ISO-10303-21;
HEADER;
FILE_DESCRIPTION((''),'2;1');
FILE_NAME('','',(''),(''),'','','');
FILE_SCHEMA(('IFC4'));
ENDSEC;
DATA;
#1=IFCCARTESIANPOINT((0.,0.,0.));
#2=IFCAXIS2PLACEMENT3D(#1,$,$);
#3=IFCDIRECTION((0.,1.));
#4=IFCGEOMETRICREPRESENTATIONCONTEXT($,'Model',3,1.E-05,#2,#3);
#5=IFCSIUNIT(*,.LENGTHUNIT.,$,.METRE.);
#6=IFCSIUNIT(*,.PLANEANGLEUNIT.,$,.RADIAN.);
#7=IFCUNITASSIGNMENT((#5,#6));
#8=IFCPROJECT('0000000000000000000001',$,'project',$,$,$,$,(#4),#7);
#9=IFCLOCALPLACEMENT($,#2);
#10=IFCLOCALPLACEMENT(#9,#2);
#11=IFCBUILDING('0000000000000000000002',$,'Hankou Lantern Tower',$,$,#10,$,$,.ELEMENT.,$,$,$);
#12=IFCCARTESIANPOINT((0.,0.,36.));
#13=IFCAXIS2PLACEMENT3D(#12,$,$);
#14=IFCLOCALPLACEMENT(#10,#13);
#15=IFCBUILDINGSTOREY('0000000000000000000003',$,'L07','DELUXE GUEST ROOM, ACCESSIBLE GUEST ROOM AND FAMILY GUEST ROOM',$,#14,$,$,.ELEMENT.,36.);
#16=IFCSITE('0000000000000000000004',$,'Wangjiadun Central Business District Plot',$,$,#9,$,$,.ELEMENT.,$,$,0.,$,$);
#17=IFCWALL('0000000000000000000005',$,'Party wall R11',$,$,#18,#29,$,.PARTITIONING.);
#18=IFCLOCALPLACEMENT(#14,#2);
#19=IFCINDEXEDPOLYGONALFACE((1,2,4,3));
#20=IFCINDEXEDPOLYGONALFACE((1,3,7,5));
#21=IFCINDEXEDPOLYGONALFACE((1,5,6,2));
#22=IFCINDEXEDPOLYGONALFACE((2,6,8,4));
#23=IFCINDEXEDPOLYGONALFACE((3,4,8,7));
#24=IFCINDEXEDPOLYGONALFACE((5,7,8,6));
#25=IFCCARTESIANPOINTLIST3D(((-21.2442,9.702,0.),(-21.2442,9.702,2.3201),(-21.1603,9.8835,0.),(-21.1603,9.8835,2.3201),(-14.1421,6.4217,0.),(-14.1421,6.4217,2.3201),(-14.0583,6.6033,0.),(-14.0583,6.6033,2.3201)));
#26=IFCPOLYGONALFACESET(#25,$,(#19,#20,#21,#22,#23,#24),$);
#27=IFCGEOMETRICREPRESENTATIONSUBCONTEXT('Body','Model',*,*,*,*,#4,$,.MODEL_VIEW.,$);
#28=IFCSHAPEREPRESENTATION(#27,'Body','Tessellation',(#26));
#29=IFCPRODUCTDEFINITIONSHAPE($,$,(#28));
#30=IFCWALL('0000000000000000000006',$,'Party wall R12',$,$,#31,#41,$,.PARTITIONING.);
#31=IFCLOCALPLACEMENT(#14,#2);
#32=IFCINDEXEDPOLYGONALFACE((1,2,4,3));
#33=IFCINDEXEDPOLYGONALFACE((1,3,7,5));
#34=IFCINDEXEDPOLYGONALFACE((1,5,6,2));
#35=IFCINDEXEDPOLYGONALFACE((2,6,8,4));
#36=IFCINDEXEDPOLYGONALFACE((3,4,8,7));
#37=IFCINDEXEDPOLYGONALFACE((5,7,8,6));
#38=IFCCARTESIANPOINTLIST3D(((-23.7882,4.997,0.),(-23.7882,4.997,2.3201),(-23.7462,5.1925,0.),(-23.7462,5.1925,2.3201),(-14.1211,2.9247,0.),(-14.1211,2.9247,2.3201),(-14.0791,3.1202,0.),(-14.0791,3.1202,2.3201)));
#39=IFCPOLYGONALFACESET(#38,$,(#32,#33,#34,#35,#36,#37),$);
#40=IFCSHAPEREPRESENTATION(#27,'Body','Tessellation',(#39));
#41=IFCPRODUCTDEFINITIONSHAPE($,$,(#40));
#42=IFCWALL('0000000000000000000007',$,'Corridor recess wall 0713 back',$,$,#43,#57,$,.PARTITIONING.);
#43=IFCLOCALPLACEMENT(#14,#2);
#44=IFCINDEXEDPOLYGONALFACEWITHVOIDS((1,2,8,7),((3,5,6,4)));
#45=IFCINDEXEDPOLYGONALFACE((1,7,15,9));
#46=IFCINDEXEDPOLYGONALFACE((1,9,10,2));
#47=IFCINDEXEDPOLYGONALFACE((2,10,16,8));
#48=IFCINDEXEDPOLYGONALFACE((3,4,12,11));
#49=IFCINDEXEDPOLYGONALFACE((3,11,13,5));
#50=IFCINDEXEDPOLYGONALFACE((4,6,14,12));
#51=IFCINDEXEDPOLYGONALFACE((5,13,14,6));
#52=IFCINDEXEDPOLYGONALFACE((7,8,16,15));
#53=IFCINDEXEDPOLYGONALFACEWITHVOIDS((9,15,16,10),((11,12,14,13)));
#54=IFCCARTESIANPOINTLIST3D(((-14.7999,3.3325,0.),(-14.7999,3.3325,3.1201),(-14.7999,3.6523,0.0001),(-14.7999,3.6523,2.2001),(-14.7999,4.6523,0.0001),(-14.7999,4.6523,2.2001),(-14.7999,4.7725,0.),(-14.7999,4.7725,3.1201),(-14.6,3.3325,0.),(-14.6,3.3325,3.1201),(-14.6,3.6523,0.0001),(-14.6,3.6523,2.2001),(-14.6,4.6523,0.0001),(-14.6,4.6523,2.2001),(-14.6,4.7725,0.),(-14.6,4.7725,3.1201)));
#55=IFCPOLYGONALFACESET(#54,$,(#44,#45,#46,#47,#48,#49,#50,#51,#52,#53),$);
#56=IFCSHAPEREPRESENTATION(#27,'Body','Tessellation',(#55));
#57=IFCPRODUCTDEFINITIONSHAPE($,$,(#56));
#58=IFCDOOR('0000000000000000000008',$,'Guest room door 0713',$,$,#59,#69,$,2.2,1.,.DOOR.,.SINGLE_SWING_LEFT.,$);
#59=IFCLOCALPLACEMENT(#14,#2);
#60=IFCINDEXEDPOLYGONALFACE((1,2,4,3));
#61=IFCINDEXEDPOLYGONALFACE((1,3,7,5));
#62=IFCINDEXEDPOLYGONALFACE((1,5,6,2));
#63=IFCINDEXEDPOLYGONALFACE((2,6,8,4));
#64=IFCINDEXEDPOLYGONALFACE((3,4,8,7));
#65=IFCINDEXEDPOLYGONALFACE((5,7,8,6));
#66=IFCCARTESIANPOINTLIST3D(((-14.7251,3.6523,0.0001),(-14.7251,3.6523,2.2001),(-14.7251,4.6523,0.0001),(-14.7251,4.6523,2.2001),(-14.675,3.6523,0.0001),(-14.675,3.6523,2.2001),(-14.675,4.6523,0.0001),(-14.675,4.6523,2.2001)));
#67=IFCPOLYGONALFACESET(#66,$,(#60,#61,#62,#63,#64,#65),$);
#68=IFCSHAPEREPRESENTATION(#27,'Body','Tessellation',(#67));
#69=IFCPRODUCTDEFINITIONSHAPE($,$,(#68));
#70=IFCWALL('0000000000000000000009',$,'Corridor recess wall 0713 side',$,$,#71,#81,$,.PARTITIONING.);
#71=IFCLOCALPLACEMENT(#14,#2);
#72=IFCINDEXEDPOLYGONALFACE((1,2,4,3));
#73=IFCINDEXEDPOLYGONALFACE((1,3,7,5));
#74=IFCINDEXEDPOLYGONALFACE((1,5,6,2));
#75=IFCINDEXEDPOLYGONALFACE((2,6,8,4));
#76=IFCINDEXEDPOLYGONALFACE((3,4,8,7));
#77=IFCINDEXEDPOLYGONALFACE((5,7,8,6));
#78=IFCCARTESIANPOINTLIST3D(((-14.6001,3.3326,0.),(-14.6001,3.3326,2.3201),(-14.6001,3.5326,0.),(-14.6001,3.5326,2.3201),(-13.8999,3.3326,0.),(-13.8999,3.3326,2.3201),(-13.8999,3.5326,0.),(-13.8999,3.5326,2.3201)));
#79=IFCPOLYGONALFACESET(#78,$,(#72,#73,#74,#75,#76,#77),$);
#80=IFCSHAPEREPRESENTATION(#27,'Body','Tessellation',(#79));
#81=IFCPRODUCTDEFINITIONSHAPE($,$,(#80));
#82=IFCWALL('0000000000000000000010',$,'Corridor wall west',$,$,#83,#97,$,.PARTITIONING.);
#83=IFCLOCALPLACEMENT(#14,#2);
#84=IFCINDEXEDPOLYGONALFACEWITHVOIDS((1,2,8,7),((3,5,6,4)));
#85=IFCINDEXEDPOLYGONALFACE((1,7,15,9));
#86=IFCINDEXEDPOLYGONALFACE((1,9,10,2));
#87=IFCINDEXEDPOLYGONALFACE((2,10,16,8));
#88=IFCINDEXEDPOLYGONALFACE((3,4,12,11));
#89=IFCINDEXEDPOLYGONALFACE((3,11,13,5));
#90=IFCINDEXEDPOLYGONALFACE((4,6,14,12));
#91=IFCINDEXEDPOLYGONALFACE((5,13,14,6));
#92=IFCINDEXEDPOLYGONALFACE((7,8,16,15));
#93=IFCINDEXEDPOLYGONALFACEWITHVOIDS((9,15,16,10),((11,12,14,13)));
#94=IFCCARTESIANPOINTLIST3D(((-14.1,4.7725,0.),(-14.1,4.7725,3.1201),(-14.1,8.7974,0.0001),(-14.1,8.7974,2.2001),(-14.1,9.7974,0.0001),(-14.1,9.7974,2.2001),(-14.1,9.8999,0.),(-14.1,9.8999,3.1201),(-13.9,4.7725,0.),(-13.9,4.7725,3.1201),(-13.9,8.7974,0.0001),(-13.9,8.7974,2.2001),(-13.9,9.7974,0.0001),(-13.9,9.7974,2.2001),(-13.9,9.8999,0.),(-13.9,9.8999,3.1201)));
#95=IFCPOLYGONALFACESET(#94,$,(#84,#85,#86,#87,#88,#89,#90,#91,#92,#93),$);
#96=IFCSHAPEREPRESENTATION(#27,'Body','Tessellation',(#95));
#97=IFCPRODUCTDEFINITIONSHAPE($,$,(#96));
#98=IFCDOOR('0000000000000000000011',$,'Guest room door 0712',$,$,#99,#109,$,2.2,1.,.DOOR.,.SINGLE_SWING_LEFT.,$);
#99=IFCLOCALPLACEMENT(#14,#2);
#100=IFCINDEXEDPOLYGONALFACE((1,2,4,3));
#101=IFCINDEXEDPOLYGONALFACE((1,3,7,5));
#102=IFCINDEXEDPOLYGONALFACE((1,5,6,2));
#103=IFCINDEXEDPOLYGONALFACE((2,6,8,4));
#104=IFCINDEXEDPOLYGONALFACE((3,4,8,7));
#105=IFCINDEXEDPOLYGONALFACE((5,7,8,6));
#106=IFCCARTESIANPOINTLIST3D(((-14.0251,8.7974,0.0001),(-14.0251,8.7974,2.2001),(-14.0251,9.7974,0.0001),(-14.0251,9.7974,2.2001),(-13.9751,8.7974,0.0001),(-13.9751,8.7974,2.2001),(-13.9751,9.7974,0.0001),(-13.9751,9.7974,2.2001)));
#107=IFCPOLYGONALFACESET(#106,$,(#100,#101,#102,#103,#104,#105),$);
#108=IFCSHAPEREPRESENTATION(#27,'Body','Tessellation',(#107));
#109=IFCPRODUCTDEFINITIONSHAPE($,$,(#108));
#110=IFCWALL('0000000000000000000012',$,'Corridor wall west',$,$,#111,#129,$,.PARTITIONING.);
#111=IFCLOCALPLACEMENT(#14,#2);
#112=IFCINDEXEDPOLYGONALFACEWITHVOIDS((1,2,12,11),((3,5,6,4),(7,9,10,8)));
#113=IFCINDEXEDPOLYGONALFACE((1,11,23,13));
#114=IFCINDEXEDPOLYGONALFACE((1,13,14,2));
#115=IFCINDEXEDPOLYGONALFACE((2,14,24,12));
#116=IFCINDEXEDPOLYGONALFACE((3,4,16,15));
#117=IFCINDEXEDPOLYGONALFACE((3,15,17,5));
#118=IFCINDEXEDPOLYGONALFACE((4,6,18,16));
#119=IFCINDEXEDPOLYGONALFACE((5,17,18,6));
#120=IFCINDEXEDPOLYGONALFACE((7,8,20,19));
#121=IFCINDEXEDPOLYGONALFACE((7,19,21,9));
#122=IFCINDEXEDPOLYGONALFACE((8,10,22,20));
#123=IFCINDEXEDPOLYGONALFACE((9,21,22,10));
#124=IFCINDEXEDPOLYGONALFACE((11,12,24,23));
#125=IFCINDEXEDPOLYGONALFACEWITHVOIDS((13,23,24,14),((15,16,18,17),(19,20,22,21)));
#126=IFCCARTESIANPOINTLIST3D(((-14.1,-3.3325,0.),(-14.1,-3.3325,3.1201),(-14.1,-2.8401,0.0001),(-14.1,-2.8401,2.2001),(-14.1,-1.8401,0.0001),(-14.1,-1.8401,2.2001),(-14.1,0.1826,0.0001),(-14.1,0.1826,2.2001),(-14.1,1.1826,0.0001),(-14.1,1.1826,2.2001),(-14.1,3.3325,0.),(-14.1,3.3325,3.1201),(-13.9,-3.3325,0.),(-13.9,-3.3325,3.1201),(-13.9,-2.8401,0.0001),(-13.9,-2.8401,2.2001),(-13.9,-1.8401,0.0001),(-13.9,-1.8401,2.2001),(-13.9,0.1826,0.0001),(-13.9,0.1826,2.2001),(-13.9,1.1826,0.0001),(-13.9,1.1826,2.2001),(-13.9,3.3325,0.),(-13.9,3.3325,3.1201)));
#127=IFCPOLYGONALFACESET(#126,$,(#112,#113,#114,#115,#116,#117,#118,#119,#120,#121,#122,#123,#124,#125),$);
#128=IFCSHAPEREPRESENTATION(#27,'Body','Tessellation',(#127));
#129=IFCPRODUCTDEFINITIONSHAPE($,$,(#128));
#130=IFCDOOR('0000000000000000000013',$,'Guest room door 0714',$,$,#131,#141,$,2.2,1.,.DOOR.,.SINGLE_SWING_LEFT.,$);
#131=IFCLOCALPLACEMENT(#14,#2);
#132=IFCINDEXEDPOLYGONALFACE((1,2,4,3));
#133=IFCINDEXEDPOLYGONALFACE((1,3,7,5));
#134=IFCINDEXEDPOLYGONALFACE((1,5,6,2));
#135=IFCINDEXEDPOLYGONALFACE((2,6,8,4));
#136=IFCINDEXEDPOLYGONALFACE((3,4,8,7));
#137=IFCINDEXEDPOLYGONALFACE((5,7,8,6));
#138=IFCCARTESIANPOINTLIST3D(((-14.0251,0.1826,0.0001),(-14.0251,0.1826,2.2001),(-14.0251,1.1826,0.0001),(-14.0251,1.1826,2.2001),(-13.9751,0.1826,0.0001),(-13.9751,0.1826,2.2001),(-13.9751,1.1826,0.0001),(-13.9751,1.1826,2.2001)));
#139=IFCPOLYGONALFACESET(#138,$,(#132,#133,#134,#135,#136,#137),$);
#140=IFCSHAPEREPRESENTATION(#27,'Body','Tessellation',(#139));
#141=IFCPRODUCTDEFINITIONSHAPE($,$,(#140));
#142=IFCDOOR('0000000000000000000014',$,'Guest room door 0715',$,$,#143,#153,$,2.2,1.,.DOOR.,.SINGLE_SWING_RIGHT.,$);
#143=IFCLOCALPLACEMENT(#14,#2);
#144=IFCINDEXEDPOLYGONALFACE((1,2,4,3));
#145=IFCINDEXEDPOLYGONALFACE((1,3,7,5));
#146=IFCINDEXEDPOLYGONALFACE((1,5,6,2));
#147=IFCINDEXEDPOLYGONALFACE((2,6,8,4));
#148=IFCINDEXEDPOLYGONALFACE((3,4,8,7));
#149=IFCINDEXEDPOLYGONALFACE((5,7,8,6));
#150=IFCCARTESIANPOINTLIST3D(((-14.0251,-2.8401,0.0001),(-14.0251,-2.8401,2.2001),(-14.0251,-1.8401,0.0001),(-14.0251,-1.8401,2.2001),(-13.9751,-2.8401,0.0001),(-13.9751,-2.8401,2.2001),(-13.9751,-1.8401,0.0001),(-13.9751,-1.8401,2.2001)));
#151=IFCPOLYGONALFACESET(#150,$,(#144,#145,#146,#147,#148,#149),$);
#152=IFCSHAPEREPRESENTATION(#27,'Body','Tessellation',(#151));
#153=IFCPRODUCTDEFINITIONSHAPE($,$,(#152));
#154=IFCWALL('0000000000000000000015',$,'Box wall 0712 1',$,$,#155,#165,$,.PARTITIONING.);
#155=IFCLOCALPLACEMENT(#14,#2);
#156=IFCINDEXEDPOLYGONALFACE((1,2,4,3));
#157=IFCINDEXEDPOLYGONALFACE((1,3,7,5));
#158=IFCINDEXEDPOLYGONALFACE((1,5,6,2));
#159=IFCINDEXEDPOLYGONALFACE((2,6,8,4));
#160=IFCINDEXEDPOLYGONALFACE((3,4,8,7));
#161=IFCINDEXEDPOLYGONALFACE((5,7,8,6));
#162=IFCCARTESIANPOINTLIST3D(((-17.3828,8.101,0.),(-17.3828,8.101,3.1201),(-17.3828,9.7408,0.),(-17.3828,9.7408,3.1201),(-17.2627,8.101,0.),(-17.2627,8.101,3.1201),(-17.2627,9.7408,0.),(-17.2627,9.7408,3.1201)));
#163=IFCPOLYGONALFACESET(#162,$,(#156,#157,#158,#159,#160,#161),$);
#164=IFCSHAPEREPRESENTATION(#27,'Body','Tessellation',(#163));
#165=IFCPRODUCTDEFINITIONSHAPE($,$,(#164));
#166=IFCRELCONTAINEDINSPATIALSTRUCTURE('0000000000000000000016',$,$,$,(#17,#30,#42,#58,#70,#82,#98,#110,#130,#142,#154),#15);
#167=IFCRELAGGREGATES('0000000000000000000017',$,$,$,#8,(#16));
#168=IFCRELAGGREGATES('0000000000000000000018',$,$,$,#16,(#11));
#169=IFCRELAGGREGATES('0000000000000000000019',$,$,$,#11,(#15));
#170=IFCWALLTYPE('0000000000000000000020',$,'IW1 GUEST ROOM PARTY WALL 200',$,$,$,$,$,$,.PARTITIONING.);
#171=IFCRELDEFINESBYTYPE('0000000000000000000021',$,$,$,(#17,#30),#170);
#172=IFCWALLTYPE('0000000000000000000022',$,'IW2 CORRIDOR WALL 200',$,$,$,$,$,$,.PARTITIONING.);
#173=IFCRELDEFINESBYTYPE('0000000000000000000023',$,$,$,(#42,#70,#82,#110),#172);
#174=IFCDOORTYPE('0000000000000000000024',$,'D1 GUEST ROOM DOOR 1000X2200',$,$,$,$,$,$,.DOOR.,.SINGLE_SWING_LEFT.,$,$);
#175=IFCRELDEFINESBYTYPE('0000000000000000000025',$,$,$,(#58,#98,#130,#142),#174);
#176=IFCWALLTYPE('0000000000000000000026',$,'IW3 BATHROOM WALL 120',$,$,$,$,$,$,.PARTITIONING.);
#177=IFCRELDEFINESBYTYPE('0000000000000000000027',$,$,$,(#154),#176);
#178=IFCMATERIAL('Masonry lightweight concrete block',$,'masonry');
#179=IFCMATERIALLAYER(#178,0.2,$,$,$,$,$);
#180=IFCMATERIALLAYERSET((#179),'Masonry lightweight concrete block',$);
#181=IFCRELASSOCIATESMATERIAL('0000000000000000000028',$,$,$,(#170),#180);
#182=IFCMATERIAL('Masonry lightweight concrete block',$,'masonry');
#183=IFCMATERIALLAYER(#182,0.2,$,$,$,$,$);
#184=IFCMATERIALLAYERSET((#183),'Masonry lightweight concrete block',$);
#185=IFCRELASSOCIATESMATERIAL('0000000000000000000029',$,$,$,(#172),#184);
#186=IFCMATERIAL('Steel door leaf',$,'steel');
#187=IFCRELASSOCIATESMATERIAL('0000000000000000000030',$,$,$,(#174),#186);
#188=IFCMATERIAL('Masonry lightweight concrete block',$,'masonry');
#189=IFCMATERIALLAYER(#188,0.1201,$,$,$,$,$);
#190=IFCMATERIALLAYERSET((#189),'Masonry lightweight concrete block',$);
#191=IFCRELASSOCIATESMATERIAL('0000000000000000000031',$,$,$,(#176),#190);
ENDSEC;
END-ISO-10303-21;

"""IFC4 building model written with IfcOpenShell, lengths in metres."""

from ifc_helpers import new_model, si_unit, direction, frame, frame_2d, origin, place, context, subcontext, project, spatial, rectangle, extrude, material, layer, layer_set, type_object, element, fill, save


model = new_model("IFC4")

# Units and contexts
model_context = context("Model", 3, precision=1e-05, world=origin(), true_north=direction((0.0, 1.0)))
body_context = subcontext(model_context, "Body", "Model", "MODEL_VIEW")
ifc_project = project(units=[si_unit("LENGTHUNIT", "METRE"), si_unit("PLANEANGLEUNIT", "RADIAN")], contexts=[model_context])

# Site, building, storey
site_placement = place(None, origin())
site = spatial("IfcSite", under=ifc_project, at=site_placement, Name="Wangjiadun Central Business District Plot", CompositionType="ELEMENT", RefElevation=0.0)
building_placement = place(site_placement, origin())
building = spatial("IfcBuilding", under=site, at=building_placement, Name="Hankou Lantern Tower", CompositionType="ELEMENT")
storey_placement = place(building_placement, frame((0.0, 0.0, 36.0)))
storey = spatial("IfcBuildingStorey", under=building, at=storey_placement, Name="L07", Description="DELUXE GUEST ROOM, ACCESSIBLE GUEST ROOM AND FAMILY GUEST ROOM", CompositionType="ELEMENT", Elevation=36.0)

# Walls
ifc_material_1 = material(Name="Masonry lightweight concrete block", Category="masonry")
ifc_layer_1 = layer(ifc_material_1, 0.2)
ifc_layer_set_1 = layer_set([ifc_layer_1], Name="Masonry lightweight concrete block")
wall_type_1 = type_object("IfcWallType", Name="IW1 GUEST ROOM PARTY WALL 200", PredefinedType="PARTITIONING", material=ifc_layer_set_1)
wall_1_placement = place(storey_placement, frame((-14.1001, 6.5125, 0.0), z_axis=(0.0, 0.0, 1.0), x_axis=(-0.907842, 0.419311, 0.0)))
element("IfcWall", 1, at=wall_1_placement, inside=storey, type_object=wall_type_1, Name="Party wall R11", PredefinedType="PARTITIONING", context=body_context, shape_type="SweptSolid", body=[
    extrude(rectangle(XDim=7.823, YDim=0.2, at=frame_2d((3.9116, 0.0))), origin(), (0.0, 0.0, 1.0), 2.3201),
])
wall_2_placement = place(storey_placement, frame((-14.1001, 3.0225, 0.0), z_axis=(0.0, 0.0, 1.0), x_axis=(-0.977787, 0.209603, 0.0)))
element("IfcWall", 2, at=wall_2_placement, inside=storey, type_object=wall_type_1, Name="Party wall R12", PredefinedType="PARTITIONING", context=body_context, shape_type="SweptSolid", body=[
    extrude(rectangle(XDim=9.8867, YDim=0.2, at=frame_2d((4.9434, 0.0))), origin(), (0.0, 0.0, 1.0), 2.3201),
])

# Wall, opening, door
ifc_material_2 = material(Name="Masonry lightweight concrete block", Category="masonry")
ifc_layer_2 = layer(ifc_material_2, 0.2)
ifc_layer_set_2 = layer_set([ifc_layer_2], Name="Masonry lightweight concrete block")
wall_type_2 = type_object("IfcWallType", Name="IW2 CORRIDOR WALL 200", PredefinedType="PARTITIONING", material=ifc_layer_set_2)
wall_3_placement = place(storey_placement, frame((-14.7, 4.7725, 0.0), z_axis=(0.0, 0.0, 1.0), x_axis=(0.0, -1.0, 0.0)))
wall_3 = element("IfcWall", 3, at=wall_3_placement, inside=storey, type_object=wall_type_2, Name="Corridor recess wall 0713 back", PredefinedType="PARTITIONING", context=body_context, shape_type="SweptSolid", body=[
    extrude(rectangle(XDim=1.4399, YDim=0.2, at=frame_2d((0.72, 0.0))), origin(), (0.0, 0.0, 1.0), 3.1201),
])
opening_1_placement = place(wall_3_placement, frame((0.1201, 0.0, 0.0)))
opening_1 = element("IfcOpeningElement", 4, at=opening_1_placement, cuts=wall_3, PredefinedType="OPENING", context=body_context, shape_type="SweptSolid", body=[
    extrude(rectangle(XDim=1.0, YDim=2.2, at=frame_2d((0.5, 1.1001))), frame((0.0, 0.1099, 0.0), z_axis=(0.0, -1.0, 0.0), x_axis=(1.0, 0.0, 0.0)), (0.0, 0.0, 1.0), 0.22),
])
ifc_material_3 = material(Name="Steel door leaf", Category="steel")
door_type_1 = type_object("IfcDoorType", Name="D1 GUEST ROOM DOOR 1000X2200", OperationType="SINGLE_SWING_LEFT", PredefinedType="DOOR", material=ifc_material_3)
door_1_placement = place(opening_1_placement, origin())
door_1 = element("IfcDoor", 5, at=door_1_placement, inside=storey, type_object=door_type_1, Name="Guest room door 0713", OperationType="SINGLE_SWING_LEFT", OverallHeight=2.2, OverallWidth=1.0, PredefinedType="DOOR", context=body_context, shape_type="SweptSolid", body=[
    extrude(rectangle(XDim=1.0, YDim=2.2, at=frame_2d((0.5, 1.1001))), frame((0.0, 0.0249, 0.0), z_axis=(0.0, -1.0, 0.0), x_axis=(1.0, 0.0, 0.0)), (0.0, 0.0, 1.0), 0.05),
])
fill(opening_1, door_1)

# Wall
wall_4_placement = place(storey_placement, frame((-13.8999, 3.4326, 0.0), z_axis=(0.0, 0.0, 1.0), x_axis=(-1.0, 0.0, 0.0)))
element("IfcWall", 6, at=wall_4_placement, inside=storey, type_object=wall_type_2, Name="Corridor recess wall 0713 side", PredefinedType="PARTITIONING", context=body_context, shape_type="SweptSolid", body=[
    extrude(rectangle(XDim=0.7002, YDim=0.2, at=frame_2d((0.3501, 0.0))), origin(), (0.0, 0.0, 1.0), 2.3201),
])

# Wall, opening, door
wall_5_placement = place(storey_placement, frame((-14.0, 9.8999, 0.0), z_axis=(0.0, 0.0, 1.0), x_axis=(0.0, -1.0, 0.0)))
wall_5 = element("IfcWall", 7, at=wall_5_placement, inside=storey, type_object=wall_type_2, Name="Corridor wall west", PredefinedType="PARTITIONING", context=body_context, shape_type="SweptSolid", body=[
    extrude(rectangle(XDim=5.1274, YDim=0.2, at=frame_2d((2.5637, 0.0))), origin(), (0.0, 0.0, 1.0), 3.1201),
])
opening_2_placement = place(wall_5_placement, frame((0.1025, 0.0, 0.0)))
opening_2 = element("IfcOpeningElement", 8, at=opening_2_placement, cuts=wall_5, PredefinedType="OPENING", context=body_context, shape_type="SweptSolid", body=[
    extrude(rectangle(XDim=1.0, YDim=2.2, at=frame_2d((0.5, 1.1001))), frame((0.0, 0.1099, 0.0), z_axis=(0.0, -1.0, 0.0), x_axis=(1.0, 0.0, 0.0)), (0.0, 0.0, 1.0), 0.22),
])
door_2_placement = place(opening_2_placement, origin())
door_2 = element("IfcDoor", 9, at=door_2_placement, inside=storey, type_object=door_type_1, Name="Guest room door 0712", OperationType="SINGLE_SWING_LEFT", OverallHeight=2.2, OverallWidth=1.0, PredefinedType="DOOR", context=body_context, shape_type="SweptSolid", body=[
    extrude(rectangle(XDim=1.0, YDim=2.2, at=frame_2d((0.5, 1.1001))), frame((0.0, 0.0249, 0.0), z_axis=(0.0, -1.0, 0.0), x_axis=(1.0, 0.0, 0.0)), (0.0, 0.0, 1.0), 0.05),
])
fill(opening_2, door_2)

# Wall, openings, doors
wall_6_placement = place(storey_placement, frame((-14.0, 3.3325, 0.0), z_axis=(0.0, 0.0, 1.0), x_axis=(0.0, -1.0, 0.0)))
wall_6 = element("IfcWall", 10, at=wall_6_placement, inside=storey, type_object=wall_type_2, Name="Corridor wall west", PredefinedType="PARTITIONING", context=body_context, shape_type="SweptSolid", body=[
    extrude(rectangle(XDim=6.665, YDim=0.2, at=frame_2d((3.3325, 0.0))), origin(), (0.0, 0.0, 1.0), 3.1201),
])
opening_3_placement = place(wall_6_placement, frame((2.1499, 0.0, 0.0)))
opening_3 = element("IfcOpeningElement", 11, at=opening_3_placement, cuts=wall_6, PredefinedType="OPENING", context=body_context, shape_type="SweptSolid", body=[
    extrude(rectangle(XDim=1.0, YDim=2.2, at=frame_2d((0.5, 1.1001))), frame((0.0, 0.1099, 0.0), z_axis=(0.0, -1.0, 0.0), x_axis=(1.0, 0.0, 0.0)), (0.0, 0.0, 1.0), 0.22),
])
opening_4_placement = place(wall_6_placement, frame((5.1726, 0.0, 0.0)))
opening_4 = element("IfcOpeningElement", 12, at=opening_4_placement, cuts=wall_6, PredefinedType="OPENING", context=body_context, shape_type="SweptSolid", body=[
    extrude(rectangle(XDim=1.0, YDim=2.2, at=frame_2d((0.5, 1.1001))), frame((0.0, 0.1099, 0.0), z_axis=(0.0, -1.0, 0.0), x_axis=(1.0, 0.0, 0.0)), (0.0, 0.0, 1.0), 0.22),
])
door_3_placement = place(opening_3_placement, origin())
door_3 = element("IfcDoor", 13, at=door_3_placement, inside=storey, type_object=door_type_1, Name="Guest room door 0714", OperationType="SINGLE_SWING_LEFT", OverallHeight=2.2, OverallWidth=1.0, PredefinedType="DOOR", context=body_context, shape_type="SweptSolid", body=[
    extrude(rectangle(XDim=1.0, YDim=2.2, at=frame_2d((0.5, 1.1001))), frame((0.0, 0.0249, 0.0), z_axis=(0.0, -1.0, 0.0), x_axis=(1.0, 0.0, 0.0)), (0.0, 0.0, 1.0), 0.05),
])
fill(opening_3, door_3)
door_4_placement = place(opening_4_placement, origin())
door_4 = element("IfcDoor", 14, at=door_4_placement, inside=storey, type_object=door_type_1, Name="Guest room door 0715", OperationType="SINGLE_SWING_RIGHT", OverallHeight=2.2, OverallWidth=1.0, PredefinedType="DOOR", context=body_context, shape_type="SweptSolid", body=[
    extrude(rectangle(XDim=1.0, YDim=2.2, at=frame_2d((0.5, 1.1001))), frame((0.0, 0.0249, 0.0), z_axis=(0.0, -1.0, 0.0), x_axis=(1.0, 0.0, 0.0)), (0.0, 0.0, 1.0), 0.05),
])
fill(opening_4, door_4)

# Wall
ifc_material_4 = material(Name="Masonry lightweight concrete block", Category="masonry")
ifc_layer_3 = layer(ifc_material_4, 0.1201)
ifc_layer_set_3 = layer_set([ifc_layer_3], Name="Masonry lightweight concrete block")
wall_type_3 = type_object("IfcWallType", Name="IW3 BATHROOM WALL 120", PredefinedType="PARTITIONING", material=ifc_layer_set_3)
wall_7_placement = place(storey_placement, frame((-17.3228, 8.1011, 0.0), z_axis=(0.0, 0.0, 1.0), x_axis=(0.0, 1.0, 0.0)))
element("IfcWall", 15, at=wall_7_placement, inside=storey, type_object=wall_type_3, Name="Box wall 0712 1", PredefinedType="PARTITIONING", context=body_context, shape_type="SweptSolid", body=[
    extrude(rectangle(XDim=1.6399, YDim=0.1201, at=frame_2d((0.8198, 0.0))), origin(), (0.0, 0.0, 1.0), 3.1201),
])

save(model, "model.ifc")
